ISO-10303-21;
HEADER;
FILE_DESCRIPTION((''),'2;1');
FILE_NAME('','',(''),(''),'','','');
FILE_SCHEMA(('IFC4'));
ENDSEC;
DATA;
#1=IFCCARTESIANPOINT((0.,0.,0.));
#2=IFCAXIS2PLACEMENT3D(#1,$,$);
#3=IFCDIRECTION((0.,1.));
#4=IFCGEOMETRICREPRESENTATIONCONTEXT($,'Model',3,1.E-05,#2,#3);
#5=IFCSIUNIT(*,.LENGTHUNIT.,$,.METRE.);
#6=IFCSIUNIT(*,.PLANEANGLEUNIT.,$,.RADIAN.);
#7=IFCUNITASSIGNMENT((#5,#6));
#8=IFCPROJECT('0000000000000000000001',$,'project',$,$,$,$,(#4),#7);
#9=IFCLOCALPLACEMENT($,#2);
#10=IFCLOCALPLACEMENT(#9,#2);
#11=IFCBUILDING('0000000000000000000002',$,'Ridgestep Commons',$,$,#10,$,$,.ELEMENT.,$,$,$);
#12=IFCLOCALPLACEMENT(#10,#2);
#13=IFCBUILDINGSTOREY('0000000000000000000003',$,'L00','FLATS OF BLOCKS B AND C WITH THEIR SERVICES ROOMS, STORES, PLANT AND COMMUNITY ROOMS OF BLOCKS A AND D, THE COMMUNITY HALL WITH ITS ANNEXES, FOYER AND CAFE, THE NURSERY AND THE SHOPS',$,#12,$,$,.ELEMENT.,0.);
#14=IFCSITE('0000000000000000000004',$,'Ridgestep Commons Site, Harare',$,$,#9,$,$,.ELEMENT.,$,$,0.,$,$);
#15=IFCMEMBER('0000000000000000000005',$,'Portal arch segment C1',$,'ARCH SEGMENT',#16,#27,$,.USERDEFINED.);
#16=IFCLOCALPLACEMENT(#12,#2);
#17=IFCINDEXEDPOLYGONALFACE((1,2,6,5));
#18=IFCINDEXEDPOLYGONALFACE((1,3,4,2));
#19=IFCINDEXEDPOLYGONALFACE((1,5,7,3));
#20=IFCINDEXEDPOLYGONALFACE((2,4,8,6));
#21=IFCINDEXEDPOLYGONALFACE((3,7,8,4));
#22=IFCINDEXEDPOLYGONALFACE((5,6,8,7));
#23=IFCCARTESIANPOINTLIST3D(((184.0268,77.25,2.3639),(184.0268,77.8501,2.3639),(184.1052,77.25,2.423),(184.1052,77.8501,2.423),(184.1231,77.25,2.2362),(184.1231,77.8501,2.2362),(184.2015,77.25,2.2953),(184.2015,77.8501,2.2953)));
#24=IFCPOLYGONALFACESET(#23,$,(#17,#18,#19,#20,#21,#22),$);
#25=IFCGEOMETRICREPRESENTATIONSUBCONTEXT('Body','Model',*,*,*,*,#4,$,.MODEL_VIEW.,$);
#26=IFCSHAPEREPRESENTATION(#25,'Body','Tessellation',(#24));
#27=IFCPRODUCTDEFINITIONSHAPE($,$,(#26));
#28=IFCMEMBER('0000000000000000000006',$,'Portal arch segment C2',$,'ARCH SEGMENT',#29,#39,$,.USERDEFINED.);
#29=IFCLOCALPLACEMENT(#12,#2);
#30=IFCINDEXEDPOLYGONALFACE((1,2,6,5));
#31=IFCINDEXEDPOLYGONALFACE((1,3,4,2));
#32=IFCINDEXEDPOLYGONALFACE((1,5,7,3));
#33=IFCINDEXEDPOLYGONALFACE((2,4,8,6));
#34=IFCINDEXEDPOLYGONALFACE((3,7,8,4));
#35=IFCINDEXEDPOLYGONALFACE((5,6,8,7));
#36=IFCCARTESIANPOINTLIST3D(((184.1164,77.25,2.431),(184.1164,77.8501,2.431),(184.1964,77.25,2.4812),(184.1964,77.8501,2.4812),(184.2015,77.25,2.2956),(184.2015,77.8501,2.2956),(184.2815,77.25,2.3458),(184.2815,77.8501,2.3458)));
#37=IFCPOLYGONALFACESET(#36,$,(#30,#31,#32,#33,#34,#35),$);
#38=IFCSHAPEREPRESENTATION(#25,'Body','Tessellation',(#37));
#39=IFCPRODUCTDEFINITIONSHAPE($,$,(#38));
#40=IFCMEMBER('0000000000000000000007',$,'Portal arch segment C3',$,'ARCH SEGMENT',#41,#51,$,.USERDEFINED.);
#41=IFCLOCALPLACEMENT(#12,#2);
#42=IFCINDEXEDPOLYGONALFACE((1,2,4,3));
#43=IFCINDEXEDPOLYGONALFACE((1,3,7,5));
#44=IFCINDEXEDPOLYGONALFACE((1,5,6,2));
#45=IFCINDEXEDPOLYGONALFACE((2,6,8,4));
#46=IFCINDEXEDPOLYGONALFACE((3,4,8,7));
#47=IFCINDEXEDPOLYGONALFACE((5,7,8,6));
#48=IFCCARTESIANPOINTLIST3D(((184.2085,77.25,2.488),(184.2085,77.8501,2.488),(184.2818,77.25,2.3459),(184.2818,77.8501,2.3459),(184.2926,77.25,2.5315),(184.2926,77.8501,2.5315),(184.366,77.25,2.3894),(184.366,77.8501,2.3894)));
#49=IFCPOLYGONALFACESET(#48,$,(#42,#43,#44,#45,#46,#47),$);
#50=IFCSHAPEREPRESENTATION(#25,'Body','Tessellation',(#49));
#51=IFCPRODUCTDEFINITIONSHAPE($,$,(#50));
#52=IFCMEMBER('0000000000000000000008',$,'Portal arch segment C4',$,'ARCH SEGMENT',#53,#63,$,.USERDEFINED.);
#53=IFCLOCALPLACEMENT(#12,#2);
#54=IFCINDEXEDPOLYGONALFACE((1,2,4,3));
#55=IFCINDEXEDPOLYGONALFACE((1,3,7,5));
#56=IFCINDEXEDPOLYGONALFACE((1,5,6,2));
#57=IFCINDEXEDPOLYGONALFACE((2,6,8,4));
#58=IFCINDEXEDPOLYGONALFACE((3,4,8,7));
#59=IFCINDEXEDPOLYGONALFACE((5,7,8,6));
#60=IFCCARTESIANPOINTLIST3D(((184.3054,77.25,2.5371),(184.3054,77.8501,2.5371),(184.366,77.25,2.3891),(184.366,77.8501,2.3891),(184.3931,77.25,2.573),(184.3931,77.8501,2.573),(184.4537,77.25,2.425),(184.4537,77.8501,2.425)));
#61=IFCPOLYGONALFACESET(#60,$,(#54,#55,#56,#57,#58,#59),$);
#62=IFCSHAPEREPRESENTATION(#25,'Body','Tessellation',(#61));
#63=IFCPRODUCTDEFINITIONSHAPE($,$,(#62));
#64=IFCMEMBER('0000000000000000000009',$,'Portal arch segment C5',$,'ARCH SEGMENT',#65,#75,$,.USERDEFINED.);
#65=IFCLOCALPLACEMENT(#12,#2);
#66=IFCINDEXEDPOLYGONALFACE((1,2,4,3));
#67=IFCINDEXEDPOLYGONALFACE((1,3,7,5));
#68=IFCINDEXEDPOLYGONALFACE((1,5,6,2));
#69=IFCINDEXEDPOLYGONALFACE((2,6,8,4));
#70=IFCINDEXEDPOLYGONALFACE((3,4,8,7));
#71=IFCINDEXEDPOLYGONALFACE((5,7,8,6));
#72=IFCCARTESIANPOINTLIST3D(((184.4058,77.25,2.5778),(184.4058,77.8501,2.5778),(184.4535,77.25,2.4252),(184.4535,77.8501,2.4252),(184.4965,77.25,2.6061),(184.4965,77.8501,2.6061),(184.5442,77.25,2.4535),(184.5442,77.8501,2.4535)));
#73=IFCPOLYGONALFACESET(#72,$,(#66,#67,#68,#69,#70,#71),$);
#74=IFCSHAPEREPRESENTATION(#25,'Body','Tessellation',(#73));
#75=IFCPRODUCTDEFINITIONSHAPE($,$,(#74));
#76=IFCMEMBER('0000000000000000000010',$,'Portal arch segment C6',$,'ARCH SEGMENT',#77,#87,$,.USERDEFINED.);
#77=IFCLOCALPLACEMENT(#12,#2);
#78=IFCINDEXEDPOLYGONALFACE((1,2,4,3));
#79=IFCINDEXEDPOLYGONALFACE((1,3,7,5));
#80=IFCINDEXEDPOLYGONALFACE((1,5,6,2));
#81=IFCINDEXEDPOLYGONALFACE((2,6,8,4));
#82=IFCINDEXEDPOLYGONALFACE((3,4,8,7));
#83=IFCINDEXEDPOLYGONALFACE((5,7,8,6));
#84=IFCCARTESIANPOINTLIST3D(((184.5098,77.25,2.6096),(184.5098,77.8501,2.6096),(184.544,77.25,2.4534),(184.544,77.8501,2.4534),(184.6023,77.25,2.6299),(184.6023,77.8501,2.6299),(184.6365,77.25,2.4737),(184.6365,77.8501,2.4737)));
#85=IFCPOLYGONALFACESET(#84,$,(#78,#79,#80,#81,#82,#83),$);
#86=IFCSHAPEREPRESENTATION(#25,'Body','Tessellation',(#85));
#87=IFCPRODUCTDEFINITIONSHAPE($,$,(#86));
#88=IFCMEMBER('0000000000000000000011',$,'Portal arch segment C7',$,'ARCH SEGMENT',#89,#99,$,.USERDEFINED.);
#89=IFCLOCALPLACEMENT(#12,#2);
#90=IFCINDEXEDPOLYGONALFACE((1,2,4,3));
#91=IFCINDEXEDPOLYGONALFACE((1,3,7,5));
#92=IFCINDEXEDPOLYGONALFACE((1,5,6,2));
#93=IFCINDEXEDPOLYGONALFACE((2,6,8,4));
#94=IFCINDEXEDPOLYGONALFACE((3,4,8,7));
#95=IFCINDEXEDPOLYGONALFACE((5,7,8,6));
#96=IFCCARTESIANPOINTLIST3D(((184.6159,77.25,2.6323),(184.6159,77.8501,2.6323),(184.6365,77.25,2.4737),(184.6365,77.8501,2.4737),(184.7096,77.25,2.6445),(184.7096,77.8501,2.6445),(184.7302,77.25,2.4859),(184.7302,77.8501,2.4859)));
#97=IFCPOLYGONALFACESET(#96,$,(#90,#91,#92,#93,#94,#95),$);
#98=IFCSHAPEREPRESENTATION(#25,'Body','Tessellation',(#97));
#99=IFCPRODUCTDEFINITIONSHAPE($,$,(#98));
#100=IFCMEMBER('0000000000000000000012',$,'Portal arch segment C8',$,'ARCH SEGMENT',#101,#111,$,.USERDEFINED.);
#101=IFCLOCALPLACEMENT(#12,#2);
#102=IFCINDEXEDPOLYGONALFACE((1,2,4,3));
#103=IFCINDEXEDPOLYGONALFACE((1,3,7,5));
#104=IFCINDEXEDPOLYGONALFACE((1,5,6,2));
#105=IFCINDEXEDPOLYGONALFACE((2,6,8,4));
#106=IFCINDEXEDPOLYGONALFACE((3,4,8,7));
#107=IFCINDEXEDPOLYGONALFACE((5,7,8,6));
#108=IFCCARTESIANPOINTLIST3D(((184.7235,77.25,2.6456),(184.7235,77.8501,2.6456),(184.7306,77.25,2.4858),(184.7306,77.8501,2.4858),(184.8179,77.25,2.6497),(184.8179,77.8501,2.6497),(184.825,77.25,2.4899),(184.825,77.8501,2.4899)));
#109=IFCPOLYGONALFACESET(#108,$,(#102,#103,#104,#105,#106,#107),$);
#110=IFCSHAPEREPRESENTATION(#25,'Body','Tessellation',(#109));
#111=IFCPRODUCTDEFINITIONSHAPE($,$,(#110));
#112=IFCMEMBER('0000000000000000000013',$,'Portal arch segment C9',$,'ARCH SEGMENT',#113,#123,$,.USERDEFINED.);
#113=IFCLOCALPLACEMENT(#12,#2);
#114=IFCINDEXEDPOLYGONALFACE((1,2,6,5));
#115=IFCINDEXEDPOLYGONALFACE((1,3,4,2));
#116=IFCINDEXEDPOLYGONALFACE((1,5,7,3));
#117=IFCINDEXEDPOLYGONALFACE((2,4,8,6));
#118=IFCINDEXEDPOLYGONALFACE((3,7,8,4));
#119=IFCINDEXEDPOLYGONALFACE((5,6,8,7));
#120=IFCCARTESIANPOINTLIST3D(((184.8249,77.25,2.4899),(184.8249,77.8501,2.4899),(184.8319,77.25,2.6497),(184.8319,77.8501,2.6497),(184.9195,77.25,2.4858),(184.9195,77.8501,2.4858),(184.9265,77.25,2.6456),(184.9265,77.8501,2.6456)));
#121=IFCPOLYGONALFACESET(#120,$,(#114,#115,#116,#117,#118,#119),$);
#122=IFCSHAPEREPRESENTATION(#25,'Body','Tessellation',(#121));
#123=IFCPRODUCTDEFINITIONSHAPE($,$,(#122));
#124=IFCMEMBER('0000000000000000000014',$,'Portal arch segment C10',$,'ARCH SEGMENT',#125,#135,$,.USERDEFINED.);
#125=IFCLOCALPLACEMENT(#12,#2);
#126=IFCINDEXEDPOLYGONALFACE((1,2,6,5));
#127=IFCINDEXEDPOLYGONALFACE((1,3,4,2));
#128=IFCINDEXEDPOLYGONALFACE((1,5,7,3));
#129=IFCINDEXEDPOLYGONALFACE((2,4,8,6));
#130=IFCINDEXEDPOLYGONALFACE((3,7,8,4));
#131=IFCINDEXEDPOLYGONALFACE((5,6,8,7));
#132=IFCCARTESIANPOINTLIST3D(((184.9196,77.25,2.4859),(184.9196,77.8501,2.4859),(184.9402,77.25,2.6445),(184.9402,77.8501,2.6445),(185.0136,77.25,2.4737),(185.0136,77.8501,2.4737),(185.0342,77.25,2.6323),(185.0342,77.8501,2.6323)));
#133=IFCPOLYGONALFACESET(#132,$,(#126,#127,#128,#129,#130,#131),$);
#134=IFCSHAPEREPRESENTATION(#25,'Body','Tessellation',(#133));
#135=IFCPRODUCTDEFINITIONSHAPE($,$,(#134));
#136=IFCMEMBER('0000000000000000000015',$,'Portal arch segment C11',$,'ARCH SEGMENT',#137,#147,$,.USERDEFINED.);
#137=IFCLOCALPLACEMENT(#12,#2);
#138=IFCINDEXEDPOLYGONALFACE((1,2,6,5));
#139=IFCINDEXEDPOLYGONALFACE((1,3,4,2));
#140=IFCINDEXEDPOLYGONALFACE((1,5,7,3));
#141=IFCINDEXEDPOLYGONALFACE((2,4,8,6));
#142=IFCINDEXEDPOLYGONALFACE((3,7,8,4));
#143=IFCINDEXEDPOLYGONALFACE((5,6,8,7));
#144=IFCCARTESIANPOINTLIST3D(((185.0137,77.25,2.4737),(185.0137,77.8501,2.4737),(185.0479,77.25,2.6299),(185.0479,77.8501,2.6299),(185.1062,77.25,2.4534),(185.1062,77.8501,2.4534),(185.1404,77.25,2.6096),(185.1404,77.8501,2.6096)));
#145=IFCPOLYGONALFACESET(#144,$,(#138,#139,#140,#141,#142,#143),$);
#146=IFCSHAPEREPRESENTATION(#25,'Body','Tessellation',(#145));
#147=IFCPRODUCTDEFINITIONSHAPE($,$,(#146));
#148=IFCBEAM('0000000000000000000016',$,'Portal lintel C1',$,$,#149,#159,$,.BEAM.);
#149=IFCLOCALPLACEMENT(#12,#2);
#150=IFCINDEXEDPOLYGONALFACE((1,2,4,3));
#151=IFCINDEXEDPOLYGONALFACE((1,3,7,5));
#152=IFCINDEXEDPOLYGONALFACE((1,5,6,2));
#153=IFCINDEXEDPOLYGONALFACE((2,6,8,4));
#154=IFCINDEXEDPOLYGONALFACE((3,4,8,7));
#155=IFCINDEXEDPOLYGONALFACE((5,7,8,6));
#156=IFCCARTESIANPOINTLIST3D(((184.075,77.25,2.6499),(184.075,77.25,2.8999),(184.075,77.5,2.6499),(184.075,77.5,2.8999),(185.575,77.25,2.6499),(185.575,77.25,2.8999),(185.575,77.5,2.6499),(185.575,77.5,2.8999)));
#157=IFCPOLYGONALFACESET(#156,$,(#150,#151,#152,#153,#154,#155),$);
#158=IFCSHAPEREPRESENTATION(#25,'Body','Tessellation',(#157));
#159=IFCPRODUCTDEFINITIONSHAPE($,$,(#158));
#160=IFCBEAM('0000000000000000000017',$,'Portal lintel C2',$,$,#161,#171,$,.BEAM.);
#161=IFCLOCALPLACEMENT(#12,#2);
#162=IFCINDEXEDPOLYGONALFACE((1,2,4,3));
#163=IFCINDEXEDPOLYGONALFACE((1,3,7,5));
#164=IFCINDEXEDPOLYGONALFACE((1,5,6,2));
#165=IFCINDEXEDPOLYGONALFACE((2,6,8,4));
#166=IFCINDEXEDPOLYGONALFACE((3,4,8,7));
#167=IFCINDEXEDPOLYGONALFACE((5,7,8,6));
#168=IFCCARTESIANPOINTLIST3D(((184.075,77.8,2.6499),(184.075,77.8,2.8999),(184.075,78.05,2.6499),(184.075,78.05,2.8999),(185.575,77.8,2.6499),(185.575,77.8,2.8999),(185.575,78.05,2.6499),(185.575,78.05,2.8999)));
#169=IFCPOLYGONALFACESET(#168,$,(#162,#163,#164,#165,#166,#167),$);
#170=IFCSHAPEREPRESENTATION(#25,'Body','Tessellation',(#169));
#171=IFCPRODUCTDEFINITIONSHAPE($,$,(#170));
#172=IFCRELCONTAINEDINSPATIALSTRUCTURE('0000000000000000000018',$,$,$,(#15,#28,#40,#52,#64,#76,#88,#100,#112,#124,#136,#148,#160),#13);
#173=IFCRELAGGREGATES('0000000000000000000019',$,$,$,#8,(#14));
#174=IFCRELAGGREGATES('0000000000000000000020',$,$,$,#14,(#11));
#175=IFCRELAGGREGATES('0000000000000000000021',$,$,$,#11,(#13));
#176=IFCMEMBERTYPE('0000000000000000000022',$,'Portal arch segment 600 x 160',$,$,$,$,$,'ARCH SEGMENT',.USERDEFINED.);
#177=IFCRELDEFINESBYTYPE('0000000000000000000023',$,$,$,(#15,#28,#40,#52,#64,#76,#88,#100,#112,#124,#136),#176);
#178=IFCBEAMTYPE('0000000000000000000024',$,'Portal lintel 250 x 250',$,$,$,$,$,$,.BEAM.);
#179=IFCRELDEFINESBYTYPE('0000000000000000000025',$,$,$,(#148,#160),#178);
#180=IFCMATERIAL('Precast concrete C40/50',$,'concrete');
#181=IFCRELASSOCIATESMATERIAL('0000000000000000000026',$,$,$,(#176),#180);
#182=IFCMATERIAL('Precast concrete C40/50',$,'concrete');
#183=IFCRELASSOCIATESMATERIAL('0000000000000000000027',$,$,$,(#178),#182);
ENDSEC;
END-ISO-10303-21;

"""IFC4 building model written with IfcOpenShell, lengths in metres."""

from ifc_helpers import new_model, si_unit, direction, frame, origin, origin_2d, place, context, subcontext, project, spatial, rectangle, extrude, material, material_profile, profile_set, type_object, element, save


model = new_model("IFC4")

# Units and contexts
model_context = context("Model", 3, precision=1e-05, world=origin(), true_north=direction((0.0, 1.0)))
body_context = subcontext(model_context, "Body", "Model", "MODEL_VIEW")
ifc_project = project(units=[si_unit("LENGTHUNIT", "METRE"), si_unit("PLANEANGLEUNIT", "RADIAN")], contexts=[model_context])

# Site, building, storey
site_placement = place(None, origin())
site = spatial("IfcSite", under=ifc_project, at=site_placement, Name="Ridgestep Commons Site, Harare", CompositionType="ELEMENT", RefElevation=0.0)
building_placement = place(site_placement, origin())
building = spatial("IfcBuilding", under=site, at=building_placement, Name="Ridgestep Commons", CompositionType="ELEMENT")
storey_placement = place(building_placement, origin())
storey = spatial("IfcBuildingStorey", under=building, at=storey_placement, Name="L00", Description="FLATS OF BLOCKS B AND C WITH THEIR SERVICES ROOMS, STORES, PLANT AND COMMUNITY ROOMS OF BLOCKS A AND D, THE COMMUNITY HALL WITH ITS ANNEXES, FOYER AND CAFE, THE NURSERY AND THE SHOPS", CompositionType="ELEMENT", Elevation=0.0)

# Members
ifc_material_1 = material(Name="Precast concrete C40/50", Category="concrete")
ifc_material_profile_1 = material_profile(ifc_material_1, rectangle(XDim=0.6001, YDim=0.1599, at=origin_2d()), Name="Portal arch segment 600 x 160")
ifc_profile_set_1 = profile_set([ifc_material_profile_1], Name="Precast concrete C40/50")
member_type = type_object("IfcMemberType", Name="Portal arch segment 600 x 160", ElementType="ARCH SEGMENT", PredefinedType="USERDEFINED", material=ifc_profile_set_1)
member_1_placement = place(storey_placement, frame((184.075, 77.55, 2.3), z_axis=(0.798505, 0.0, 0.601988), x_axis=(0.0, 1.0, 0.0)))
element("IfcMember", 1, at=member_1_placement, inside=storey, type_object=member_type, Name="Portal arch segment C1", ObjectType="ARCH SEGMENT", PredefinedType="USERDEFINED", context=body_context, shape_type="SweptSolid", body=[
    extrude(rectangle(XDim=0.6001, YDim=0.1599, at=origin_2d()), origin(), (0.0, 0.0, 1.0), 0.0981),
])
member_2_placement = place(storey_placement, frame((184.1589, 77.55, 2.3633), z_axis=(0.846836, 0.0, 0.531854), x_axis=(0.0, 1.0, 0.0)))
element("IfcMember", 2, at=member_2_placement, inside=storey, type_object=member_type, Name="Portal arch segment C2", ObjectType="ARCH SEGMENT", PredefinedType="USERDEFINED", context=body_context, shape_type="SweptSolid", body=[
    extrude(rectangle(XDim=0.6001, YDim=0.1599, at=origin_2d()), origin(), (0.0, 0.0, 1.0), 0.0945),
])
for number, where, z_axis, x_axis, name in (
    (3, (184.2451, 77.55, 2.417), (0.888688, 0.0, 0.458512), (0.0, 1.0, 0.0), "Portal arch segment C3"),
    (4, (184.3357, 77.55, 2.4631), (0.925424, 0.0, 0.378934), (0.0, 1.0, 0.0), "Portal arch segment C4"),
):
    element("IfcMember", number, at=place(storey_placement, frame(where, z_axis=z_axis, x_axis=x_axis)), inside=storey, type_object=member_type, Name=name, ObjectType="ARCH SEGMENT", PredefinedType="USERDEFINED", context=body_context, shape_type="SweptSolid", body=[
        extrude(rectangle(XDim=0.6001, YDim=0.1599, at=origin_2d()), origin(), (0.0, 0.0, 1.0), 0.0947),
    ])
member_3_placement = place(storey_placement, frame((184.4297, 77.55, 2.5015), z_axis=(0.954434, 0.0, 0.298421), x_axis=(0.0, 1.0, 0.0)))
element("IfcMember", 5, at=member_3_placement, inside=storey, type_object=member_type, Name="Portal arch segment C5", ObjectType="ARCH SEGMENT", PredefinedType="USERDEFINED", context=body_context, shape_type="SweptSolid", body=[
    extrude(rectangle(XDim=0.6001, YDim=0.1599, at=origin_2d()), origin(), (0.0, 0.0, 1.0), 0.095),
])
member_4_placement = place(storey_placement, frame((184.5269, 77.55, 2.5315), z_axis=(0.97685, 0.0, 0.213927), x_axis=(0.0, 1.0, 0.0)))
element("IfcMember", 6, at=member_4_placement, inside=storey, type_object=member_type, Name="Portal arch segment C6", ObjectType="ARCH SEGMENT", PredefinedType="USERDEFINED", context=body_context, shape_type="SweptSolid", body=[
    extrude(rectangle(XDim=0.6001, YDim=0.1599, at=origin_2d()), origin(), (0.0, 0.0, 1.0), 0.0947),
])
for number, where, z_axis, x_axis, name in (
    (7, (184.6262, 77.55, 2.553), (0.991629, 0.0, 0.129118), (0.0, 1.0, 0.0), "Portal arch segment C7"),
    (8, (184.7271, 77.55, 2.5657), (0.999037, 0.0, 0.043885), (0.0, 1.0, 0.0), "Portal arch segment C8"),
):
    element("IfcMember", number, at=place(storey_placement, frame(where, z_axis=z_axis, x_axis=x_axis)), inside=storey, type_object=member_type, Name=name, ObjectType="ARCH SEGMENT", PredefinedType="USERDEFINED", context=body_context, shape_type="SweptSolid", body=[
        extrude(rectangle(XDim=0.6001, YDim=0.1599, at=origin_2d()), origin(), (0.0, 0.0, 1.0), 0.0945),
    ])
for number, where, z_axis, x_axis, name in (
    (9, (184.8284, 77.55, 2.5698), (0.999042, 0.0, -0.043772), (0.0, 1.0, 0.0), "Portal arch segment C9"),
    (10, (184.9299, 77.55, 2.5652), (0.991672, 0.0, -0.128789), (0.0, 1.0, 0.0), "Portal arch segment C10"),
    (11, (185.0308, 77.55, 2.5518), (0.97685, 0.0, -0.213927), (0.0, 1.0, 0.0), "Portal arch segment C11"),
):
    element("IfcMember", number, at=place(storey_placement, frame(where, z_axis=z_axis, x_axis=x_axis)), inside=storey, type_object=member_type, Name=name, ObjectType="ARCH SEGMENT", PredefinedType="USERDEFINED", context=body_context, shape_type="SweptSolid", body=[
        extrude(rectangle(XDim=0.6001, YDim=0.1599, at=origin_2d()), origin(), (0.0, 0.0, 1.0), 0.0947),
    ])

# Beams
ifc_material_2 = material(Name="Precast concrete C40/50", Category="concrete")
ifc_material_profile_2 = material_profile(ifc_material_2, rectangle(XDim=0.25, YDim=0.25, at=origin_2d()), Name="Portal lintel 250 x 250")
ifc_profile_set_2 = profile_set([ifc_material_profile_2], Name="Precast concrete C40/50")
beam_type = type_object("IfcBeamType", Name="Portal lintel 250 x 250", PredefinedType="BEAM", material=ifc_profile_set_2)
for number, where, z_axis, x_axis, name in (
    (12, (184.075, 77.375, 2.7749), (1.0, 0.0, 0.0), (0.0, 1.0, 0.0), "Portal lintel C1"),
    (13, (184.075, 77.925, 2.7749), (1.0, 0.0, 0.0), (0.0, 1.0, 0.0), "Portal lintel C2"),
):
    element("IfcBeam", number, at=place(storey_placement, frame(where, z_axis=z_axis, x_axis=x_axis)), inside=storey, type_object=beam_type, Name=name, PredefinedType="BEAM", context=body_context, shape_type="SweptSolid", body=[
        extrude(rectangle(XDim=0.25, YDim=0.25, at=origin_2d()), origin(), (0.0, 0.0, 1.0), 1.5),
    ])

save(model, "model.ifc")
